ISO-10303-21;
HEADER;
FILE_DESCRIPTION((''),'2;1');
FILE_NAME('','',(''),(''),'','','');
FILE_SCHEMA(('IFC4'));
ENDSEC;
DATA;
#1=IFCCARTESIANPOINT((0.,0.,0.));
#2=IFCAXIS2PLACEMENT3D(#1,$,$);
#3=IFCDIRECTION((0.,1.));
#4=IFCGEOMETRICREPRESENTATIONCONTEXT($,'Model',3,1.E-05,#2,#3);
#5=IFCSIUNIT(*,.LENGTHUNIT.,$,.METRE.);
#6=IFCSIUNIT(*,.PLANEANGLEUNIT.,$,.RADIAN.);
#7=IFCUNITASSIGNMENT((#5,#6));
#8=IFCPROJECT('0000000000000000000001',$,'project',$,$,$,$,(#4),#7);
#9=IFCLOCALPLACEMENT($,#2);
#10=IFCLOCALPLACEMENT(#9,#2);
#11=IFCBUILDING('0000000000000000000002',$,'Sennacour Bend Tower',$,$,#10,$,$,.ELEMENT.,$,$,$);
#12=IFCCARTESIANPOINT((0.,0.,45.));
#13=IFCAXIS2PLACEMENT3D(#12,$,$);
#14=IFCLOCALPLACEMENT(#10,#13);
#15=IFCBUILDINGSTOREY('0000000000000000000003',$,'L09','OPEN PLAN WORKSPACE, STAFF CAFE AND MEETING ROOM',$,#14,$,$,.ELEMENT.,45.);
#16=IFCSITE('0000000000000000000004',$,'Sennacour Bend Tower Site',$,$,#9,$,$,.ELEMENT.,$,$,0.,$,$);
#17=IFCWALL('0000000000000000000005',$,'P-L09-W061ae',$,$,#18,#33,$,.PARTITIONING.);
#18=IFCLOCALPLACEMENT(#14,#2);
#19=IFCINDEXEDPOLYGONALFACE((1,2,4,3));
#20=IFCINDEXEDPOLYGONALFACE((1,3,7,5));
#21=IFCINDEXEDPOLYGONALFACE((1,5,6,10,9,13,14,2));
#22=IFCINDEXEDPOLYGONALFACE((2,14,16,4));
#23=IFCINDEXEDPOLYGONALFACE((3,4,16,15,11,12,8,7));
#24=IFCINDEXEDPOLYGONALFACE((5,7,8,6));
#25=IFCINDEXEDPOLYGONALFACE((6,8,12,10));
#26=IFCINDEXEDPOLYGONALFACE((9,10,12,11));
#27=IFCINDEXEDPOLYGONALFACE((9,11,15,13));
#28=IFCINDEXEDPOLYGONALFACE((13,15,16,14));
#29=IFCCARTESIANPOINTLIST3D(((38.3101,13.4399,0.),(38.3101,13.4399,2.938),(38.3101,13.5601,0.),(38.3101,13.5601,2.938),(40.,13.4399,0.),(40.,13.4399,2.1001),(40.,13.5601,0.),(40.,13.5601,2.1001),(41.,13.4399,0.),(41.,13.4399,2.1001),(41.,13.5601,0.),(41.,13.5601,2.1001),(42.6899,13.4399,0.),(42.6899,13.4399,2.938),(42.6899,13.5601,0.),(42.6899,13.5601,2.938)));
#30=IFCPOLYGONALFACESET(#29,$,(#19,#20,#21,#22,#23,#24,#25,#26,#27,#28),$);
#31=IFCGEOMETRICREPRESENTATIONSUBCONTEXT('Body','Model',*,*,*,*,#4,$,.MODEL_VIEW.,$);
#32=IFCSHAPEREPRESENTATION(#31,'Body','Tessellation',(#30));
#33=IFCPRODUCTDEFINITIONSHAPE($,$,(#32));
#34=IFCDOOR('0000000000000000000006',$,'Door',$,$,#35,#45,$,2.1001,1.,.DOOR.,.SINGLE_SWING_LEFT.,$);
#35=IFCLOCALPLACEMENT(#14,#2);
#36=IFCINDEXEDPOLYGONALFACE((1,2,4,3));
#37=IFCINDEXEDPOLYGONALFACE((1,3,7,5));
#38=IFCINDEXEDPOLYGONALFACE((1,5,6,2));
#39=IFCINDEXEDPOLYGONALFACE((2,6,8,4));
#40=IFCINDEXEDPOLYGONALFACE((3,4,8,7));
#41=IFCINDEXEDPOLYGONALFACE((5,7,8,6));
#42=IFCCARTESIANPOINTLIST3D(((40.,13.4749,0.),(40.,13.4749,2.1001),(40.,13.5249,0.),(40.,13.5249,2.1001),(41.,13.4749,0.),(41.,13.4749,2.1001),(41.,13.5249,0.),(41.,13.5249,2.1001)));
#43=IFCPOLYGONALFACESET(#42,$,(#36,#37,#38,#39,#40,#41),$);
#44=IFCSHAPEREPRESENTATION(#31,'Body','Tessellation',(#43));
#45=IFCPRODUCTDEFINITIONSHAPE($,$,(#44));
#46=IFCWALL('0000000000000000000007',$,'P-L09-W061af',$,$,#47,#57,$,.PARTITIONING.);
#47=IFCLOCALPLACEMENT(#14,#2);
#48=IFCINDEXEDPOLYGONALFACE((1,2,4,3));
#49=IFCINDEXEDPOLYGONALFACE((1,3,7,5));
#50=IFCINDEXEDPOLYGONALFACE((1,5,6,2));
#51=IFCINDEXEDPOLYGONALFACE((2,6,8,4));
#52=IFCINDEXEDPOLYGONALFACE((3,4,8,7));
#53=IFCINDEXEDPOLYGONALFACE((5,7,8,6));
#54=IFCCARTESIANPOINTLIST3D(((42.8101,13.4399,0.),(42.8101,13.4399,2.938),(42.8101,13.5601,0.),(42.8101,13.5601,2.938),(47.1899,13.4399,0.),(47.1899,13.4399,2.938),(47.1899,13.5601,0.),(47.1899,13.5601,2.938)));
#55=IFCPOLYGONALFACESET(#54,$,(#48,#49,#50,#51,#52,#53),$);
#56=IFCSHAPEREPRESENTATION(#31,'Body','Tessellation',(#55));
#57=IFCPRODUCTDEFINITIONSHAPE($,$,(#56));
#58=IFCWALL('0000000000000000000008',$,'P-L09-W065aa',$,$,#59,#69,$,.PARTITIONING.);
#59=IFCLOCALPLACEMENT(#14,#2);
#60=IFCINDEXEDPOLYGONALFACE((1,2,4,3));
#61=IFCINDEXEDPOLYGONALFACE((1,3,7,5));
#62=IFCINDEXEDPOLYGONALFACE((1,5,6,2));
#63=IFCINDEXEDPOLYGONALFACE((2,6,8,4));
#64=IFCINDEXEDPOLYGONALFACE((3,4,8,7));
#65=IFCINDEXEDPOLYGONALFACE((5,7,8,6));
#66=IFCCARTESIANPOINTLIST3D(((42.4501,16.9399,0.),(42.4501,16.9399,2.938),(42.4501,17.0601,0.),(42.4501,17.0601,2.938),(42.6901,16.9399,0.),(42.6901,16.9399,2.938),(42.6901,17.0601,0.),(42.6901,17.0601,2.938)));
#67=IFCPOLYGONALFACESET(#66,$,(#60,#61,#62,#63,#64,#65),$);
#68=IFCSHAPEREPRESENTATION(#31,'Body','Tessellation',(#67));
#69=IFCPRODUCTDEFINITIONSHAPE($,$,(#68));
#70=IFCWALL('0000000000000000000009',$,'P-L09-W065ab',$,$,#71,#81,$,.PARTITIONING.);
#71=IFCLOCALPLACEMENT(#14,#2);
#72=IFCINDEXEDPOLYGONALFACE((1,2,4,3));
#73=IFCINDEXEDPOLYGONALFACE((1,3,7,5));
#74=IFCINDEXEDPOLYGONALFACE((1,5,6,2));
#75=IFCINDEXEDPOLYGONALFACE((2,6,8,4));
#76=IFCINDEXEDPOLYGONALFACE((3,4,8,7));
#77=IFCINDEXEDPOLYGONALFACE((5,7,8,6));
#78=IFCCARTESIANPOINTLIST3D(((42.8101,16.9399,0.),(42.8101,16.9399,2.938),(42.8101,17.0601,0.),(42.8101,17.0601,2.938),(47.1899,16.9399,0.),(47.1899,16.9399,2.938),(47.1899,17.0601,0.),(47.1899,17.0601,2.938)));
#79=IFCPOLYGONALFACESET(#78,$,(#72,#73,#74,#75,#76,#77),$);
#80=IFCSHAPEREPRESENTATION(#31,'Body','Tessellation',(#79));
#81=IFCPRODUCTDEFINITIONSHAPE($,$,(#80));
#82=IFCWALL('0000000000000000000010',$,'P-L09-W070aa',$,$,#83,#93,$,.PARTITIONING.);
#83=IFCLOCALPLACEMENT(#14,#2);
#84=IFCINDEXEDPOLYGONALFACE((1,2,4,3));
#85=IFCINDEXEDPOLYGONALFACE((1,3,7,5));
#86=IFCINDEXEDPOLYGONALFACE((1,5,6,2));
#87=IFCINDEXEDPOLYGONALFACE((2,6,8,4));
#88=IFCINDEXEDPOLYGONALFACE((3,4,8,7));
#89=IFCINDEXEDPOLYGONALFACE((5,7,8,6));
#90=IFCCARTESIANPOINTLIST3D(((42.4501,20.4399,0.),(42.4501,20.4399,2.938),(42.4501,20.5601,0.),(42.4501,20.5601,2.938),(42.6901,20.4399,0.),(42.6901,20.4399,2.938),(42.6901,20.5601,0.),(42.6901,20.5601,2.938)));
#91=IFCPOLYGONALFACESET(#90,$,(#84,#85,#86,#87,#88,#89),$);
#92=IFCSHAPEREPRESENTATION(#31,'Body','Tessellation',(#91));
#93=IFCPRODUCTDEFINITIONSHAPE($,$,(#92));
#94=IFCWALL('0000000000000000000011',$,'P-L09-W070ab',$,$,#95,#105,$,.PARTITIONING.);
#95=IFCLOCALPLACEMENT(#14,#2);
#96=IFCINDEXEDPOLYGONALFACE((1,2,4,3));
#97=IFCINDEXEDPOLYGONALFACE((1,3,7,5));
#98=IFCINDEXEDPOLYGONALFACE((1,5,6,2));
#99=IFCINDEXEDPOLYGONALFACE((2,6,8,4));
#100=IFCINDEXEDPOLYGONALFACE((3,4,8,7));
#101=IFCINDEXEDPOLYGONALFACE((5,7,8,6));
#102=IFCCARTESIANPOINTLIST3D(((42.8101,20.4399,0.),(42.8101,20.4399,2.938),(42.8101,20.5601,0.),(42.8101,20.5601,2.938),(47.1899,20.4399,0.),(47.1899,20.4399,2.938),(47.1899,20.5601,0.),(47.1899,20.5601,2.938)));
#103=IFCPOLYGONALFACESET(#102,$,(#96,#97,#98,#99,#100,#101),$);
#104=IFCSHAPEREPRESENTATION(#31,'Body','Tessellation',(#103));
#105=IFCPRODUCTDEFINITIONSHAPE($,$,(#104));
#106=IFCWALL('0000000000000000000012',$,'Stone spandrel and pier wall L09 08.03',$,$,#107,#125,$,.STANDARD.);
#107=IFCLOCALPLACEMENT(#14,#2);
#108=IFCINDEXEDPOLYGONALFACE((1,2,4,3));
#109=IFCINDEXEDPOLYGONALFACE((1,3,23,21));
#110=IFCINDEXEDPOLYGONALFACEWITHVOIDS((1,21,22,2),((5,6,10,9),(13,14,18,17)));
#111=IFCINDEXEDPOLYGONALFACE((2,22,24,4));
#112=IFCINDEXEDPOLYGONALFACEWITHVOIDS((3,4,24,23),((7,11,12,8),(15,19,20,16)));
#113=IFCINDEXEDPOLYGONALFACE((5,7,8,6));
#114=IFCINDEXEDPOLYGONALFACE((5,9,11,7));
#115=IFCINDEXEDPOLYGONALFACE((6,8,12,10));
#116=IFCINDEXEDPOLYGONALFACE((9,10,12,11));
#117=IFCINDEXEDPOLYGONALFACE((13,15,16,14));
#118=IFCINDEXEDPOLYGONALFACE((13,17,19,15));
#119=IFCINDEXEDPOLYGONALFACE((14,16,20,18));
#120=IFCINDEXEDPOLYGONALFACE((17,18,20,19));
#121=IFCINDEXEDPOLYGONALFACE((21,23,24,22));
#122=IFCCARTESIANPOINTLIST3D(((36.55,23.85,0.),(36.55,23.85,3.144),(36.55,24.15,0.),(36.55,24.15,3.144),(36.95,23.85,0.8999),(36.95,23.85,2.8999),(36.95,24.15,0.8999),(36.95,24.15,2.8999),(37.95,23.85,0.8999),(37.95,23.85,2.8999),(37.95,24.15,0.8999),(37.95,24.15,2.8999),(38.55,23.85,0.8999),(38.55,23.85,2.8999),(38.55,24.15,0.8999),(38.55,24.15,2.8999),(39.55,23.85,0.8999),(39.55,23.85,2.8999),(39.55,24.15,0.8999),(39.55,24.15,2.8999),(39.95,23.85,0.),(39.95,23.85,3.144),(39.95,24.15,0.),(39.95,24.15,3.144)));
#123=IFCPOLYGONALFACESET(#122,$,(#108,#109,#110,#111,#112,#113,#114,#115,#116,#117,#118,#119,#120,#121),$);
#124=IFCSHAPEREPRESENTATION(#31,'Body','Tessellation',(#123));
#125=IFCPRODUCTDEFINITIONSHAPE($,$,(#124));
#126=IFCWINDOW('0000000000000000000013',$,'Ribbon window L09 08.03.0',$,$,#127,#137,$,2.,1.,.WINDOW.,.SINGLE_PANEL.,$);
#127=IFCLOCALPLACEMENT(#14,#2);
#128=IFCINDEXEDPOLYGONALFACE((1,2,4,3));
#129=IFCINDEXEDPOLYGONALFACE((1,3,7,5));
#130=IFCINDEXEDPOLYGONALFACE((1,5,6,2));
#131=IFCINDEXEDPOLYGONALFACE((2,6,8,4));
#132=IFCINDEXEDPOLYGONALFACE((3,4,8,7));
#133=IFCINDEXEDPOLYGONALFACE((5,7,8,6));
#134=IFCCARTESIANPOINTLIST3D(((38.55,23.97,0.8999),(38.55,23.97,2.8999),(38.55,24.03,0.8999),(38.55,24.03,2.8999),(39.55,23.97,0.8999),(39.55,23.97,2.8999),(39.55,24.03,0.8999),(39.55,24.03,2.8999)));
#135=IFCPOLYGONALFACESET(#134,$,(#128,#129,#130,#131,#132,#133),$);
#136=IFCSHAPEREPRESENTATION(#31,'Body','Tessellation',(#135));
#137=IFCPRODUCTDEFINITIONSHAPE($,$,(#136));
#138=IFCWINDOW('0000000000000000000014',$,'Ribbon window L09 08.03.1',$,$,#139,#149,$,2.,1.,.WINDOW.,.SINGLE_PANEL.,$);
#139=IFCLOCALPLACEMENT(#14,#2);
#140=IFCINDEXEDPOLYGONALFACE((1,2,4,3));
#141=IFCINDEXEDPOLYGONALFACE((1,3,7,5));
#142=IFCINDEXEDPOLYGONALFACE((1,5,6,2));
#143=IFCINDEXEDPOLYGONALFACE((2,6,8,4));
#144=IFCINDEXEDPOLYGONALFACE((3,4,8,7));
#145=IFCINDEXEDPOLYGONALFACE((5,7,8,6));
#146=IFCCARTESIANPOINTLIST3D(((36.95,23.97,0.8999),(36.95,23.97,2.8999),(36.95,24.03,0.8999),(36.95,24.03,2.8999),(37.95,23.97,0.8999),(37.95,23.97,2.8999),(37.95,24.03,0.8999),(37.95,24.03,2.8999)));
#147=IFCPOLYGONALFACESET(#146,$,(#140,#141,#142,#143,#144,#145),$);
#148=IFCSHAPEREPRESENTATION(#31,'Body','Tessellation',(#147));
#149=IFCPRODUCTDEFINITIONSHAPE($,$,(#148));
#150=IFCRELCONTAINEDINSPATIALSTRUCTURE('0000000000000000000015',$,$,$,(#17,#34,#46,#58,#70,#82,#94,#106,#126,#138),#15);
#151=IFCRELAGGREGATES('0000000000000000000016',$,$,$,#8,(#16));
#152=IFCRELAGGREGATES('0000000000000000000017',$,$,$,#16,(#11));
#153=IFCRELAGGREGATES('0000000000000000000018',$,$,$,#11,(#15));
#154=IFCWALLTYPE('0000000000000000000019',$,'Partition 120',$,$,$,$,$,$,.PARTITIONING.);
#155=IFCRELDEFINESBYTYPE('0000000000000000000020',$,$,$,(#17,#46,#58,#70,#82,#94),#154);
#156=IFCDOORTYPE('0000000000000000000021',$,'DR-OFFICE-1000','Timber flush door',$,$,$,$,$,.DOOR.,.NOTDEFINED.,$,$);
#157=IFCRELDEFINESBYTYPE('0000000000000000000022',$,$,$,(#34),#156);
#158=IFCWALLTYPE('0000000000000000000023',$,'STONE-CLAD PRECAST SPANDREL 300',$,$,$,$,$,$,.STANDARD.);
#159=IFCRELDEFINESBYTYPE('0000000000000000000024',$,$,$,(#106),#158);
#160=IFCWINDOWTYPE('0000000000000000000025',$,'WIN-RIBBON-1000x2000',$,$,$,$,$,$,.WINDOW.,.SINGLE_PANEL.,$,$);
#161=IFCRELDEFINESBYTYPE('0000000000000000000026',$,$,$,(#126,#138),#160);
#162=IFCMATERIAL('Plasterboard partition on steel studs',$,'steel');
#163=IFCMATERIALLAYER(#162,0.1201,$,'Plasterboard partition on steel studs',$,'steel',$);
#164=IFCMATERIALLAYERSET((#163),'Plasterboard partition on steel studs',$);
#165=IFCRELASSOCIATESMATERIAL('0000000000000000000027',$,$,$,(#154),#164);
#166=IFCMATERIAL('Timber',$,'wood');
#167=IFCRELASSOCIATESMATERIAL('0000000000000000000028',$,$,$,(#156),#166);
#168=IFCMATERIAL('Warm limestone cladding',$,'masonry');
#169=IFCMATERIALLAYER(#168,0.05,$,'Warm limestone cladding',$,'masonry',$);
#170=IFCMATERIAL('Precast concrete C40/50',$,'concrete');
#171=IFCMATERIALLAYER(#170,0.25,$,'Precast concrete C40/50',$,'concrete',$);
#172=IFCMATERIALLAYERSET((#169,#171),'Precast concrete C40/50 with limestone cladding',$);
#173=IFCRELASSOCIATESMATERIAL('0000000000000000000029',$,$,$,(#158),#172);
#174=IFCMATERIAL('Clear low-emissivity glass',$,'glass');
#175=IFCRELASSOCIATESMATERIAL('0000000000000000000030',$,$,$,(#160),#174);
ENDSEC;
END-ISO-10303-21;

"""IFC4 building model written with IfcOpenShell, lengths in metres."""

from ifc_helpers import new_model, si_unit, direction, frame, frame_2d, origin, place, context, subcontext, project, spatial, rectangle, extrude, material, layer, layer_set, type_object, element, fill, save


model = new_model("IFC4")

# Units and contexts
model_context = context("Model", 3, precision=1e-05, world=origin(), true_north=direction((0.0, 1.0)))
body_context = subcontext(model_context, "Body", "Model", "MODEL_VIEW")
ifc_project = project(units=[si_unit("LENGTHUNIT", "METRE"), si_unit("PLANEANGLEUNIT", "RADIAN")], contexts=[model_context])

# Site, building, storey
site_placement = place(None, origin())
site = spatial("IfcSite", under=ifc_project, at=site_placement, Name="Sennacour Bend Tower Site", CompositionType="ELEMENT", RefElevation=0.0)
building_placement = place(site_placement, origin())
building = spatial("IfcBuilding", under=site, at=building_placement, Name="Sennacour Bend Tower", CompositionType="ELEMENT")
storey_placement = place(building_placement, frame((0.0, 0.0, 45.0)))
storey = spatial("IfcBuildingStorey", under=building, at=storey_placement, Name="L09", Description="OPEN PLAN WORKSPACE, STAFF CAFE AND MEETING ROOM", CompositionType="ELEMENT", Elevation=45.0)

# Shared definitions
ifc_material_1 = material(Name="Plasterboard partition on steel studs", Category="steel")
ifc_layer_1 = layer(ifc_material_1, 0.1201, Name="Plasterboard partition on steel studs", Category="steel")
ifc_layer_set_1 = layer_set([ifc_layer_1], Name="Plasterboard partition on steel studs")
wall_type_1 = type_object("IfcWallType", Name="Partition 120", PredefinedType="PARTITIONING", material=ifc_layer_set_1)

# Wall, opening, door
ifc_material_2 = material(Name="Timber", Category="wood")
wall_1_placement = place(storey_placement, frame((38.3101, 13.5, 0.0), z_axis=(0.0, 0.0, 1.0), x_axis=(1.0, 0.0, 0.0)))
wall_1 = element("IfcWall", 1, at=wall_1_placement, inside=storey, type_object=wall_type_1, Name="P-L09-W061ae", PredefinedType="PARTITIONING", context=body_context, shape_type="SweptSolid", body=[
    extrude(rectangle(XDim=4.3799, YDim=0.1201, at=frame_2d((2.1899, 0.0))), origin(), (0.0, 0.0, 1.0), 2.938),
])
opening_1_placement = place(wall_1_placement, frame((1.6899, 0.0, 0.0)))
opening_1 = element("IfcOpeningElement", 2, at=opening_1_placement, cuts=wall_1, PredefinedType="OPENING", context=body_context, shape_type="SweptSolid", body=[
    extrude(rectangle(XDim=1.0, YDim=2.1001, at=frame_2d((0.5, 1.05))), frame((0.0, 0.0701, 0.0), z_axis=(0.0, -1.0, 0.0), x_axis=(1.0, 0.0, 0.0)), (0.0, 0.0, 1.0), 0.1401),
])
door_type_1 = type_object("IfcDoorType", Name="DR-OFFICE-1000", Description="Timber flush door", OperationType="NOTDEFINED", PredefinedType="DOOR", material=ifc_material_2)
door_1_placement = place(opening_1_placement, origin())
door_1 = element("IfcDoor", 3, at=door_1_placement, inside=storey, type_object=door_type_1, Name="Door", OperationType="SINGLE_SWING_LEFT", OverallHeight=2.1001, OverallWidth=1.0, PredefinedType="DOOR", context=body_context, shape_type="SweptSolid", body=[
    extrude(rectangle(XDim=1.0, YDim=2.1001, at=frame_2d((0.5, 1.05))), frame((0.0, 0.0249, 0.0), z_axis=(0.0, -1.0, 0.0), x_axis=(1.0, 0.0, 0.0)), (0.0, 0.0, 1.0), 0.05),
])
fill(opening_1, door_1)

# Walls
wall_2_placement = place(storey_placement, frame((42.8101, 13.5, 0.0), z_axis=(0.0, 0.0, 1.0), x_axis=(1.0, 0.0, 0.0)))
element("IfcWall", 4, at=wall_2_placement, inside=storey, type_object=wall_type_1, Name="P-L09-W061af", PredefinedType="PARTITIONING", context=body_context, shape_type="SweptSolid", body=[
    extrude(rectangle(XDim=4.3799, YDim=0.1201, at=frame_2d((2.1899, 0.0))), origin(), (0.0, 0.0, 1.0), 2.938),
])
wall_3_placement = place(storey_placement, frame((42.45, 17.0, 0.0), z_axis=(0.0, 0.0, 1.0), x_axis=(1.0, 0.0, 0.0)))
element("IfcWall", 5, at=wall_3_placement, inside=storey, type_object=wall_type_1, Name="P-L09-W065aa", PredefinedType="PARTITIONING", context=body_context, shape_type="SweptSolid", body=[
    extrude(rectangle(XDim=0.24, YDim=0.1201, at=frame_2d((0.1201, 0.0))), origin(), (0.0, 0.0, 1.0), 2.938),
])
wall_4_placement = place(storey_placement, frame((42.8101, 17.0, 0.0), z_axis=(0.0, 0.0, 1.0), x_axis=(1.0, 0.0, 0.0)))
element("IfcWall", 6, at=wall_4_placement, inside=storey, type_object=wall_type_1, Name="P-L09-W065ab", PredefinedType="PARTITIONING", context=body_context, shape_type="SweptSolid", body=[
    extrude(rectangle(XDim=4.3799, YDim=0.1201, at=frame_2d((2.1899, 0.0))), origin(), (0.0, 0.0, 1.0), 2.938),
])
wall_5_placement = place(storey_placement, frame((42.45, 20.5, 0.0), z_axis=(0.0, 0.0, 1.0), x_axis=(1.0, 0.0, 0.0)))
element("IfcWall", 7, at=wall_5_placement, inside=storey, type_object=wall_type_1, Name="P-L09-W070aa", PredefinedType="PARTITIONING", context=body_context, shape_type="SweptSolid", body=[
    extrude(rectangle(XDim=0.24, YDim=0.1201, at=frame_2d((0.1201, 0.0))), origin(), (0.0, 0.0, 1.0), 2.938),
])
wall_6_placement = place(storey_placement, frame((42.8101, 20.5, 0.0), z_axis=(0.0, 0.0, 1.0), x_axis=(1.0, 0.0, 0.0)))
element("IfcWall", 8, at=wall_6_placement, inside=storey, type_object=wall_type_1, Name="P-L09-W070ab", PredefinedType="PARTITIONING", context=body_context, shape_type="SweptSolid", body=[
    extrude(rectangle(XDim=4.3799, YDim=0.1201, at=frame_2d((2.1899, 0.0))), origin(), (0.0, 0.0, 1.0), 2.938),
])

# Wall, openings, windows
ifc_material_3 = material(Name="Warm limestone cladding", Category="masonry")
ifc_layer_2 = layer(ifc_material_3, 0.05, Name="Warm limestone cladding", Category="masonry")
ifc_material_4 = material(Name="Precast concrete C40/50", Category="concrete")
ifc_layer_3 = layer(ifc_material_4, 0.25, Name="Precast concrete C40/50", Category="concrete")
ifc_layer_set_2 = layer_set([ifc_layer_2, ifc_layer_3], Name="Precast concrete C40/50 with limestone cladding")
wall_type_2 = type_object("IfcWallType", Name="STONE-CLAD PRECAST SPANDREL 300", PredefinedType="STANDARD", material=ifc_layer_set_2)
wall_7_placement = place(storey_placement, frame((39.95, 24.0, 0.0), z_axis=(0.0, 0.0, 1.0), x_axis=(-1.0, 0.0, 0.0)))
wall_7 = element("IfcWall", 9, at=wall_7_placement, inside=storey, type_object=wall_type_2, Name="Stone spandrel and pier wall L09 08.03", PredefinedType="STANDARD", context=body_context, shape_type="SweptSolid", body=[
    extrude(rectangle(XDim=3.3999, YDim=0.3, at=frame_2d((1.7, 0.0))), origin(), (0.0, 0.0, 1.0), 3.144),
])
opening_2_placement = place(wall_7_placement, frame((0.3999, 0.0, 0.8999)))
opening_2 = element("IfcOpeningElement", 10, at=opening_2_placement, cuts=wall_7, PredefinedType="OPENING", context=body_context, shape_type="SweptSolid", body=[
    extrude(rectangle(XDim=1.0, YDim=2.0, at=frame_2d((0.5, 1.0))), frame((0.0, 0.1602, 0.0), z_axis=(0.0, -1.0, 0.0), x_axis=(1.0, 0.0, 0.0)), (0.0, 0.0, 1.0), 0.3201),
])
opening_3_placement = place(wall_7_placement, frame((2.0, 0.0, 0.8999)))
opening_3 = element("IfcOpeningElement", 11, at=opening_3_placement, cuts=wall_7, PredefinedType="OPENING", context=body_context, shape_type="SweptSolid", body=[
    extrude(rectangle(XDim=1.0, YDim=2.0, at=frame_2d((0.5, 1.0))), frame((0.0, 0.1602, 0.0), z_axis=(0.0, -1.0, 0.0), x_axis=(1.0, 0.0, 0.0)), (0.0, 0.0, 1.0), 0.3201),
])
ifc_material_5 = material(Name="Clear low-emissivity glass", Category="glass")
window_type_1 = type_object("IfcWindowType", Name="WIN-RIBBON-1000x2000", PartitioningType="SINGLE_PANEL", PredefinedType="WINDOW", material=ifc_material_5)
window_1_placement = place(opening_2_placement, origin())
window_1 = element("IfcWindow", 12, at=window_1_placement, inside=storey, type_object=window_type_1, Name="Ribbon window L09 08.03.0", OverallHeight=2.0, OverallWidth=1.0, PartitioningType="SINGLE_PANEL", PredefinedType="WINDOW", context=body_context, shape_type="SweptSolid", body=[
    extrude(rectangle(XDim=1.0, YDim=2.0, at=frame_2d((0.5, 1.0))), frame((0.0, 0.03, 0.0), z_axis=(0.0, -1.0, 0.0), x_axis=(1.0, 0.0, 0.0)), (0.0, 0.0, 1.0), 0.0601),
])
fill(opening_2, window_1)
window_2_placement = place(opening_3_placement, origin())
window_2 = element("IfcWindow", 13, at=window_2_placement, inside=storey, type_object=window_type_1, Name="Ribbon window L09 08.03.1", OverallHeight=2.0, OverallWidth=1.0, PartitioningType="SINGLE_PANEL", PredefinedType="WINDOW", context=body_context, shape_type="SweptSolid", body=[
    extrude(rectangle(XDim=1.0, YDim=2.0, at=frame_2d((0.5, 1.0))), frame((0.0, 0.03, 0.0), z_axis=(0.0, -1.0, 0.0), x_axis=(1.0, 0.0, 0.0)), (0.0, 0.0, 1.0), 0.0601),
])
fill(opening_3, window_2)

save(model, "model.ifc")
